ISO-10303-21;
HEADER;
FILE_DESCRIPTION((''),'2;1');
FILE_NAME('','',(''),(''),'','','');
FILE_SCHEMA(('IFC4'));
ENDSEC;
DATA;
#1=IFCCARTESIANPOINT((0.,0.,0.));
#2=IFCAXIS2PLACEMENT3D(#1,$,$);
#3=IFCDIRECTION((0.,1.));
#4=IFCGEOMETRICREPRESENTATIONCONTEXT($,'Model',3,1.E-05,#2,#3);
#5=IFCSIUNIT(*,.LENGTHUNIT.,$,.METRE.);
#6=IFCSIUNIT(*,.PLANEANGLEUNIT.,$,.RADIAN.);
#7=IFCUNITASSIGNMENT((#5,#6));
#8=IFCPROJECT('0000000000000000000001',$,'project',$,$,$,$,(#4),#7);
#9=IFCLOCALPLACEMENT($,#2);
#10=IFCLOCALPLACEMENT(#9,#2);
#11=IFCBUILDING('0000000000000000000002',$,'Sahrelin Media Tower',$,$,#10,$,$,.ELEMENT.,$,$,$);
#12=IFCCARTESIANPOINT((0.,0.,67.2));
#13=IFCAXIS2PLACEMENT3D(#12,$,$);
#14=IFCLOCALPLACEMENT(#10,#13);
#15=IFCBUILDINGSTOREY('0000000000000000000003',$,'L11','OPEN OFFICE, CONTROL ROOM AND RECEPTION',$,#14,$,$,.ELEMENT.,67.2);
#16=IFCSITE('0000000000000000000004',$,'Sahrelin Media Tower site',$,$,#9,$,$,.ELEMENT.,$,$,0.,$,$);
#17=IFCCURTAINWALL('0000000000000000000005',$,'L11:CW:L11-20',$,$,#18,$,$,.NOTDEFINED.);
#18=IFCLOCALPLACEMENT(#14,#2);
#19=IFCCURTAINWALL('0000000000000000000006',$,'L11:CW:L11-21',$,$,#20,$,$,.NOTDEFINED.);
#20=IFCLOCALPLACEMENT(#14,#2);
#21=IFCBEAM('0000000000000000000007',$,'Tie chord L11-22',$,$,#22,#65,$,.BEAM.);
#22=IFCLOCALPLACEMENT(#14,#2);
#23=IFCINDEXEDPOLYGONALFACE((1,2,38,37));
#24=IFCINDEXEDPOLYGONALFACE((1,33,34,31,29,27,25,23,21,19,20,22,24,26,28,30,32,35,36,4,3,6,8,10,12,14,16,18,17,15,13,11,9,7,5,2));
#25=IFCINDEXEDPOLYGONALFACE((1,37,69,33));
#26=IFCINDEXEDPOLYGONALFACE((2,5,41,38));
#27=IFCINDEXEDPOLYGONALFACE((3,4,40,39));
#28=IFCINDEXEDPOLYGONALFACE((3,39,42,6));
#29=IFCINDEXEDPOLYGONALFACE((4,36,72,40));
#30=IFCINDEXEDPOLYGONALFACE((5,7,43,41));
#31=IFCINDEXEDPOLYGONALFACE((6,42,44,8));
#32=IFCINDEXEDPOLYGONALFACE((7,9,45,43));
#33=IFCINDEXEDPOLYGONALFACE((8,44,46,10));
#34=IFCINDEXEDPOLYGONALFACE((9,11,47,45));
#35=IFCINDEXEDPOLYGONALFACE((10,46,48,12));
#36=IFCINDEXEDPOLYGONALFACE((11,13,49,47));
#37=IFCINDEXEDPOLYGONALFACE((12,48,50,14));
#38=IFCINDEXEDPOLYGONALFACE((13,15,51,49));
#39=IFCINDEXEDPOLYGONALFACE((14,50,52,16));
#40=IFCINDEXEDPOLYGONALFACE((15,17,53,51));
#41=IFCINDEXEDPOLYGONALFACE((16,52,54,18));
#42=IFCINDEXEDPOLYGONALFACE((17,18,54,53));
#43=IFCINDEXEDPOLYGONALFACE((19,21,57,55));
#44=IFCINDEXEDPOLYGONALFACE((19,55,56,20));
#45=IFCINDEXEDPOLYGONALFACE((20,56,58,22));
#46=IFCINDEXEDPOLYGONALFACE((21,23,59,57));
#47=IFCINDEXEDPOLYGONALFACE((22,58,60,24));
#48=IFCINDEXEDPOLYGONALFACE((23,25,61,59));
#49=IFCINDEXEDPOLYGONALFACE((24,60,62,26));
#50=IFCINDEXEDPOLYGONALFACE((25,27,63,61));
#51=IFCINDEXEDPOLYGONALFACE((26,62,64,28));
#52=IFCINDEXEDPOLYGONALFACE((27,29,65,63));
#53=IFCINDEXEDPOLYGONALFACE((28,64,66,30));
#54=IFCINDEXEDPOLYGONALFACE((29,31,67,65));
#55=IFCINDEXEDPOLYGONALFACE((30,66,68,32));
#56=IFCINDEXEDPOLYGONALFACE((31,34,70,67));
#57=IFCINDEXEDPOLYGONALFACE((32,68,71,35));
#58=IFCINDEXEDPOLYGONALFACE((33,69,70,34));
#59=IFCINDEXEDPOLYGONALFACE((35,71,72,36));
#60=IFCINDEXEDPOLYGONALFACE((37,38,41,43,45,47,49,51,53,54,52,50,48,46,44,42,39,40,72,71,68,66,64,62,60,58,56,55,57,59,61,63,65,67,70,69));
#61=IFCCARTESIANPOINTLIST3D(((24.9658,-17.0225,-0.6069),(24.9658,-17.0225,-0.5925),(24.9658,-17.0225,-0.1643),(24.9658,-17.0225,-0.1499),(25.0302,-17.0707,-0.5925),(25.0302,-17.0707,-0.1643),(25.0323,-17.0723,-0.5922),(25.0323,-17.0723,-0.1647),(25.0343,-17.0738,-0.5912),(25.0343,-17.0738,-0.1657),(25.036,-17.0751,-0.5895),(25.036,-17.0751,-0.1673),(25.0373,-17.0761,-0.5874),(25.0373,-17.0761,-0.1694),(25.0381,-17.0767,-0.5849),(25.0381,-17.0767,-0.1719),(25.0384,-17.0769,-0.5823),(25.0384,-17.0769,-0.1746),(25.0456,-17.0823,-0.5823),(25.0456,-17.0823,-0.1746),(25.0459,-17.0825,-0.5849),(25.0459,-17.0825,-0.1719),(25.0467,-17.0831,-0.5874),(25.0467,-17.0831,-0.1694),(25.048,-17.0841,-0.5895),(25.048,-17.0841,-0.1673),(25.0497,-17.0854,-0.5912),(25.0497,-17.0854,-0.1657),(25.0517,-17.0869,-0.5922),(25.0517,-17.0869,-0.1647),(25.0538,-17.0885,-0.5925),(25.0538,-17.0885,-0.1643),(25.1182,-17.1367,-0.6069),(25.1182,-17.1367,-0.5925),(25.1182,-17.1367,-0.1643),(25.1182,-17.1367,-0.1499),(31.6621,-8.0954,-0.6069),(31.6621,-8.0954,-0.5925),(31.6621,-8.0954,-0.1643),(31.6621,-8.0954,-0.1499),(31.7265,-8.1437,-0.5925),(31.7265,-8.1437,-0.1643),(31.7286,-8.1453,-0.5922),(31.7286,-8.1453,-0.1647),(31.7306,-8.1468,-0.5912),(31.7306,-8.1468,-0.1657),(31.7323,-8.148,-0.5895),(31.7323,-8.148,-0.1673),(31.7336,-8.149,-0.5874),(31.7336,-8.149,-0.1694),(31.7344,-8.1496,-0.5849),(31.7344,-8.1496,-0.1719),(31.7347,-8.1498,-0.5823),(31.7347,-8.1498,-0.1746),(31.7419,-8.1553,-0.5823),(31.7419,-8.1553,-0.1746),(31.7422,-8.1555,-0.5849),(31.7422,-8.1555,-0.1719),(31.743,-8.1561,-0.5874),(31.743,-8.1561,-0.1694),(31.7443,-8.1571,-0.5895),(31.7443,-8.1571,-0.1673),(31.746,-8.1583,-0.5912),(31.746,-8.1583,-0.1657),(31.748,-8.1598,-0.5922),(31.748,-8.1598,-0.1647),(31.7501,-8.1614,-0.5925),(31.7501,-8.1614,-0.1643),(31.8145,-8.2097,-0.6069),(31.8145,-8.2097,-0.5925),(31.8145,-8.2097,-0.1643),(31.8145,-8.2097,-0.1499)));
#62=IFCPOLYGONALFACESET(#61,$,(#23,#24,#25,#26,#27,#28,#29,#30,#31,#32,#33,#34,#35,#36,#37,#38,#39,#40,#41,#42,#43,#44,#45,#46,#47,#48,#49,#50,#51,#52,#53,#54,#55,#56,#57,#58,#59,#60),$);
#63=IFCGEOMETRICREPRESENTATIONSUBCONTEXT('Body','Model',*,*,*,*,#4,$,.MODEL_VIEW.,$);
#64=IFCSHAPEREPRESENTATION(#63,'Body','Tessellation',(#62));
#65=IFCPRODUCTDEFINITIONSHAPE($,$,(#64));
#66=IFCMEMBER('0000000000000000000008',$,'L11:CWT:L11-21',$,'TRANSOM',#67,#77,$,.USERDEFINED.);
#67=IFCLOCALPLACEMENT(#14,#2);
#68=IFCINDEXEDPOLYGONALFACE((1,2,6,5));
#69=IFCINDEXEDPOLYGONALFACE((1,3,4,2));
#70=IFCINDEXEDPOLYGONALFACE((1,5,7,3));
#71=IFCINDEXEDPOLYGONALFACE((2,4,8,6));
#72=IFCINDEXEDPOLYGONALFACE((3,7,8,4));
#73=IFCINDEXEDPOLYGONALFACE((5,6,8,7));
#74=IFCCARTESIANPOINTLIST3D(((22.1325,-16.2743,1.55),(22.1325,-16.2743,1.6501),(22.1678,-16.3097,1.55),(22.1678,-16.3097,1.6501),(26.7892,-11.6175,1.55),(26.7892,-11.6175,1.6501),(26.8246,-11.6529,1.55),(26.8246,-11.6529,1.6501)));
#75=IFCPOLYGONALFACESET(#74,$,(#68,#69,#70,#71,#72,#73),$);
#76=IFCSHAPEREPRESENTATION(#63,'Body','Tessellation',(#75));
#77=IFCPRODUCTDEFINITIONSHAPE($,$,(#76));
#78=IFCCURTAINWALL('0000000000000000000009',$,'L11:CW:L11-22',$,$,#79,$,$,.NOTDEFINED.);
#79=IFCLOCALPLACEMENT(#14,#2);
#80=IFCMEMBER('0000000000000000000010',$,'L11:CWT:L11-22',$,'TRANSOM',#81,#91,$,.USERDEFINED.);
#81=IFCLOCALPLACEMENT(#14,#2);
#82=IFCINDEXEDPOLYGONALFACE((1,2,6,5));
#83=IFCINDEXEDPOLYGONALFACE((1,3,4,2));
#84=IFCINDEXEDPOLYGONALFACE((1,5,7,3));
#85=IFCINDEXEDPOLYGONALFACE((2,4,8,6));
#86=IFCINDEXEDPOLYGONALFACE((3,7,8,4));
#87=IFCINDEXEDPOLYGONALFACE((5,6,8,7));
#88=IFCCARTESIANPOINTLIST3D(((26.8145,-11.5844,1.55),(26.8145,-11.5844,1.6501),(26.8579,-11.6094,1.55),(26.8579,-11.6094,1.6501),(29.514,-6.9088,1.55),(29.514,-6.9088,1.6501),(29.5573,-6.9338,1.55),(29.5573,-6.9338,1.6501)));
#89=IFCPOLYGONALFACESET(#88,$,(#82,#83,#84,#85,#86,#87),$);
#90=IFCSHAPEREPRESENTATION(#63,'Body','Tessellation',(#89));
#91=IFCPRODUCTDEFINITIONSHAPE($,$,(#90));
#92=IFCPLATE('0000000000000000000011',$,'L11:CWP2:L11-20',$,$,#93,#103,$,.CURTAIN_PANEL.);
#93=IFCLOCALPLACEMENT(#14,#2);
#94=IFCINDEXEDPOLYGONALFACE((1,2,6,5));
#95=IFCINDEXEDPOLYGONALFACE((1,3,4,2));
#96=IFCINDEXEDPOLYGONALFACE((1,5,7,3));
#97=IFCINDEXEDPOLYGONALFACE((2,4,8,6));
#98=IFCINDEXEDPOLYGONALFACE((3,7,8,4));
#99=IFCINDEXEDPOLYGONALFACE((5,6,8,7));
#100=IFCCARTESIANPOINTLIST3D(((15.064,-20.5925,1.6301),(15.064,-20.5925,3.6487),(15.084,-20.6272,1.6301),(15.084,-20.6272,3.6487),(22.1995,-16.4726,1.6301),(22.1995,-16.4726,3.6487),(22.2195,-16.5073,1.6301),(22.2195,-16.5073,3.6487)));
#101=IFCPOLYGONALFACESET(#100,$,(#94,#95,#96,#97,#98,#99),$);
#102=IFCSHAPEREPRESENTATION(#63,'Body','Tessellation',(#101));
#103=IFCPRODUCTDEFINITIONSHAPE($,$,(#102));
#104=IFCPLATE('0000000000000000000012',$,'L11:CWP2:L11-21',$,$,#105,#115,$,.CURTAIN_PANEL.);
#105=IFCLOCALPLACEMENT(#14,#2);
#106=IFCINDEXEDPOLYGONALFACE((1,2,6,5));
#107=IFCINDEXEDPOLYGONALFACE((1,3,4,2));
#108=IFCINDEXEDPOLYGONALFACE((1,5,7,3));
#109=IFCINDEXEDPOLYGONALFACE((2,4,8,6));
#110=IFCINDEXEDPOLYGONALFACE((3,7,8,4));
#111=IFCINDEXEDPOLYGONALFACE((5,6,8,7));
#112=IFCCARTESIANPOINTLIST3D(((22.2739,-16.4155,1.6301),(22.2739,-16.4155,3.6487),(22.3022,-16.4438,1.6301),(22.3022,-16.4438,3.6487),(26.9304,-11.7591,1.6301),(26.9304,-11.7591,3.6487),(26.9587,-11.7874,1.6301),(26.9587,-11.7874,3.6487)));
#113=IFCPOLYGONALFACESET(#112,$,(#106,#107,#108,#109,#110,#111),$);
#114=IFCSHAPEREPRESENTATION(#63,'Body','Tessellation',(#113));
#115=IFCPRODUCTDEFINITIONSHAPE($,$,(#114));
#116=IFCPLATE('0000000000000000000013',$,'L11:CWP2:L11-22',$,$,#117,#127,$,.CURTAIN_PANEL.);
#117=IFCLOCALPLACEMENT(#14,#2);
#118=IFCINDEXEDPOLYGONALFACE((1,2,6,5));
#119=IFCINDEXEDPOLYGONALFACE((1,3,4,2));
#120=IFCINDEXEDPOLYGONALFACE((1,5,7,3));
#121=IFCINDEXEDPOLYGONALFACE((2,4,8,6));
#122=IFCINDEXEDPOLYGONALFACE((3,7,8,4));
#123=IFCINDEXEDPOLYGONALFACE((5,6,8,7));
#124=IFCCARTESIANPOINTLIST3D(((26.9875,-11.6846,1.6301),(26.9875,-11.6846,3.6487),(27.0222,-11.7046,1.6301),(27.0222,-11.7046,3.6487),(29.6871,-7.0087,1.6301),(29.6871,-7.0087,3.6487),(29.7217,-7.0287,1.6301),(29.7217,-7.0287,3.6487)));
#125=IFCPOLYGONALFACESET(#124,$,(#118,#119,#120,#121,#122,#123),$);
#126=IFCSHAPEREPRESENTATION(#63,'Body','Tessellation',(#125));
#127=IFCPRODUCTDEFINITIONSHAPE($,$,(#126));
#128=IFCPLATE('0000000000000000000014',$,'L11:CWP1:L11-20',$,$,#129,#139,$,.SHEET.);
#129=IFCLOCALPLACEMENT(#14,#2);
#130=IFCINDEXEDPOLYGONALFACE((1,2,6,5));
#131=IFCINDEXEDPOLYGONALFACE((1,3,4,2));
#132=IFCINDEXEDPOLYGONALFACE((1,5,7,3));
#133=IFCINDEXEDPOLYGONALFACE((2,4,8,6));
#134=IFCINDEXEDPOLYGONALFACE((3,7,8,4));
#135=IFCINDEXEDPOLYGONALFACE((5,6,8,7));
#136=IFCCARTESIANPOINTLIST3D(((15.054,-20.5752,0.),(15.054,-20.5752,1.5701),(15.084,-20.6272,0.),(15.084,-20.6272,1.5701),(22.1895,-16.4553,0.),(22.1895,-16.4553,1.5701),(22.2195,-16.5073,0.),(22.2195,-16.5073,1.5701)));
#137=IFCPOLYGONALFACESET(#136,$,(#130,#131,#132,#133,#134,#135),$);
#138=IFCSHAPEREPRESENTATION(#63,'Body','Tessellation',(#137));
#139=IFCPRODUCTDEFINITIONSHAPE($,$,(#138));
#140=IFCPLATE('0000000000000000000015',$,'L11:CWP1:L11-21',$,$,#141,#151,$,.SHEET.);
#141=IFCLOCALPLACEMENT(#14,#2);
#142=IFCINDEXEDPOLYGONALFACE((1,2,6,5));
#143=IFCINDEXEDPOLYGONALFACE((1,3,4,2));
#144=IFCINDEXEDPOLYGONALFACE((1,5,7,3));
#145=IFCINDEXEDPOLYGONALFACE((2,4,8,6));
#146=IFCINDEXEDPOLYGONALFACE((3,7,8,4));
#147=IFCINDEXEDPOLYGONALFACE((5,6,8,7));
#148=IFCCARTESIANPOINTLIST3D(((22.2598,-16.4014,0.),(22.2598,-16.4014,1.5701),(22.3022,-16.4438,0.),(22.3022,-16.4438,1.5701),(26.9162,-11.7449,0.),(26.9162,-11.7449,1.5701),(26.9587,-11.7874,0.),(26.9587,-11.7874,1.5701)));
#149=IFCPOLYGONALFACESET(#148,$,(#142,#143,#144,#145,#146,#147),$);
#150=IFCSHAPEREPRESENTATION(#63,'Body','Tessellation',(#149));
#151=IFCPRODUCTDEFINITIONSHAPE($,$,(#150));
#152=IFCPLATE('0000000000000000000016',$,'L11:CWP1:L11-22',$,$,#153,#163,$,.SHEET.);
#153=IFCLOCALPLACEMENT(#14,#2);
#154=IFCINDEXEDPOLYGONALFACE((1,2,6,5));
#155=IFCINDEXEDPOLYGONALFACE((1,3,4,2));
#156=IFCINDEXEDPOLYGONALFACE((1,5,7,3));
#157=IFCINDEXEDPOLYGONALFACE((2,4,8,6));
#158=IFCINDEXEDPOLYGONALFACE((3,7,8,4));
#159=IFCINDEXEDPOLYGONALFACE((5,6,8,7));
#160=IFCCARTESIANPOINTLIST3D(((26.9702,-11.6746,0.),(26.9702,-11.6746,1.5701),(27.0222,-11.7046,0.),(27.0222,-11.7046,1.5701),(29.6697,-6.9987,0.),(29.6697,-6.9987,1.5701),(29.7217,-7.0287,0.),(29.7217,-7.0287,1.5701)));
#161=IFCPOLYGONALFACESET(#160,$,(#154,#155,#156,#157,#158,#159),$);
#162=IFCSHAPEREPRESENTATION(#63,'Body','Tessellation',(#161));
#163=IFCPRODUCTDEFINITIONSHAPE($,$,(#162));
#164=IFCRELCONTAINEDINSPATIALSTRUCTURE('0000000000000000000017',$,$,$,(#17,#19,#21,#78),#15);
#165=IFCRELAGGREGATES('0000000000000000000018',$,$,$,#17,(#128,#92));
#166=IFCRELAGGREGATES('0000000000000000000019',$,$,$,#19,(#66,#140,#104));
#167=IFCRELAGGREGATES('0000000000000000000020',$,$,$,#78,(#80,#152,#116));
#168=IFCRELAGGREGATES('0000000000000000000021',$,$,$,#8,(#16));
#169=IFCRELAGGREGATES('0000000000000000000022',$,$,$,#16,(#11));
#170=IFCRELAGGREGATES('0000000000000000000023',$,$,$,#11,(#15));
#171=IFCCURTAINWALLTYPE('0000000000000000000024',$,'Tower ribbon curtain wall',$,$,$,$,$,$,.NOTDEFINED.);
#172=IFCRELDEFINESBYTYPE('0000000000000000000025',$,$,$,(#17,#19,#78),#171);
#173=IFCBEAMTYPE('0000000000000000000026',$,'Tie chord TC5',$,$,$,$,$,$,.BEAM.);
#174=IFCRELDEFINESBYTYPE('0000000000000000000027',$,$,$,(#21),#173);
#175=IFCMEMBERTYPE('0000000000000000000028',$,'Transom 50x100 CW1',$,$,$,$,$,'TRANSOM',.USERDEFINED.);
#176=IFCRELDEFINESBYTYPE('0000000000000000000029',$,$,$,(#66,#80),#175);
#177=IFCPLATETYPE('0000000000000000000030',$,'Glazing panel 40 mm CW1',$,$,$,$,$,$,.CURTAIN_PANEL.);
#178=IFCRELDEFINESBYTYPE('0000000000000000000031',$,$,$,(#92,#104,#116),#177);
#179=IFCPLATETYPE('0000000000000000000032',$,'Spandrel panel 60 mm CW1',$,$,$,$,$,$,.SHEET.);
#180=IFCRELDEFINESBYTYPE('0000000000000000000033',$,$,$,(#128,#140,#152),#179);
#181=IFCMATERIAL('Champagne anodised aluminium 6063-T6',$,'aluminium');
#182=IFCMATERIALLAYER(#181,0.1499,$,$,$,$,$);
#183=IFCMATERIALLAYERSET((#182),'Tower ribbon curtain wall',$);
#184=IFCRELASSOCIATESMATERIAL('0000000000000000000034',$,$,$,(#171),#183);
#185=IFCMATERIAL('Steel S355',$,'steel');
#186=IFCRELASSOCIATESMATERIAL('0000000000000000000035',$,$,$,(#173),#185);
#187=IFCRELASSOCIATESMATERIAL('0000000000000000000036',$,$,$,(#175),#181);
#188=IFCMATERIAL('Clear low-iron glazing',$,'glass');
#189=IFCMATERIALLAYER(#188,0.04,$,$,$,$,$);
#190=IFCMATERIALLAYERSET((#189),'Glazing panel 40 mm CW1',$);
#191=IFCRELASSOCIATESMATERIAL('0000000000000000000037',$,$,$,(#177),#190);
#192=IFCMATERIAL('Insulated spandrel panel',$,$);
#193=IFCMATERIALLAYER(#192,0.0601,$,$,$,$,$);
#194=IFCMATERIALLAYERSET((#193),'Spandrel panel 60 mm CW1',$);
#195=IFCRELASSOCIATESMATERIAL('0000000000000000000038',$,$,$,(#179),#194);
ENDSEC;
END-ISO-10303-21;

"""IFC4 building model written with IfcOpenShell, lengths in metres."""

from ifc_helpers import new_model, si_unit, direction, frame, origin, origin_2d, place, context, subcontext, project, spatial, polyline, rectangle, i_section, outline, extrude, material, layer, layer_set, material_profile, profile_set, type_object, element, aggregate, save


model = new_model("IFC4")

# Units and contexts
model_context = context("Model", 3, precision=1e-05, world=origin(), true_north=direction((0.0, 1.0)))
body_context = subcontext(model_context, "Body", "Model", "MODEL_VIEW")
ifc_project = project(units=[si_unit("LENGTHUNIT", "METRE"), si_unit("PLANEANGLEUNIT", "RADIAN")], contexts=[model_context])

# Site, building, storey
site_placement = place(None, origin())
site = spatial("IfcSite", under=ifc_project, at=site_placement, Name="Sahrelin Media Tower site", CompositionType="ELEMENT", RefElevation=0.0)
building_placement = place(site_placement, origin())
building = spatial("IfcBuilding", under=site, at=building_placement, Name="Sahrelin Media Tower", CompositionType="ELEMENT")
storey_placement = place(building_placement, frame((0.0, 0.0, 67.2)))
storey = spatial("IfcBuildingStorey", under=building, at=storey_placement, Name="L11", Description="OPEN OFFICE, CONTROL ROOM AND RECEPTION", CompositionType="ELEMENT", Elevation=67.2)

# Shared definitions
ifc_material_1 = material(Name="Steel S355", Category="steel")

# Curtain walls
ifc_material_2 = material(Name="Champagne anodised aluminium 6063-T6", Category="aluminium")
ifc_layer_1 = layer(ifc_material_2, 0.1499)
ifc_layer_set_1 = layer_set([ifc_layer_1], Name="Tower ribbon curtain wall")
curtain_wall_type = type_object("IfcCurtainWallType", Name="Tower ribbon curtain wall", PredefinedType="NOTDEFINED", material=ifc_layer_set_1)
curtain_wall_1_placement = place(storey_placement, frame((18.6416, -18.5498, 0.0), z_axis=(0.0, 0.0, 1.0), x_axis=(1.0, 0.0, 0.0)))
curtain_wall_1 = element("IfcCurtainWall", 1, at=curtain_wall_1_placement, inside=storey, type_object=curtain_wall_type, Name="L11:CW:L11-20", PredefinedType="NOTDEFINED")
curtain_wall_2_placement = place(storey_placement, frame((24.6165, -14.1013, 0.0), z_axis=(0.0, 0.0, 1.0), x_axis=(1.0, 0.0, 0.0)))
curtain_wall_2 = element("IfcCurtainWall", 2, at=curtain_wall_2_placement, inside=storey, type_object=curtain_wall_type, Name="L11:CW:L11-21", PredefinedType="NOTDEFINED")

# Beam
ifc_material_profile_1 = material_profile(ifc_material_1, i_section(OverallWidth=0.1904, OverallDepth=0.457, WebThickness=0.009, FlangeThickness=0.0144, FilletRadius=0.0103, at=origin_2d()), Name="UB 457x191x74")
ifc_profile_set_1 = profile_set([ifc_material_profile_1], Name="Steel S355")
beam_type_1 = type_object("IfcBeamType", Name="Tie chord TC5", PredefinedType="BEAM", material=ifc_profile_set_1)
beam_1_placement = place(storey_placement, frame((25.042, -17.0796, -0.3784), z_axis=(0.60006, 0.799955, 0.0), x_axis=(-0.799955, 0.60006, 0.0)))
element("IfcBeam", 3, at=beam_1_placement, inside=storey, type_object=beam_type_1, Name="Tie chord L11-22", PredefinedType="BEAM", context=body_context, shape_type="SweptSolid", body=[
    extrude(i_section(OverallWidth=0.1904, OverallDepth=0.457, WebThickness=0.009, FlangeThickness=0.0144, FilletRadius=0.0103, at=origin_2d()), origin(), (0.0, 0.0, 1.0), 11.1594),
])

# Member
ifc_material_profile_2 = material_profile(ifc_material_2, rectangle(XDim=0.05, YDim=0.1001, at=origin_2d()), Name="Transom 50x100")
ifc_profile_set_2 = profile_set([ifc_material_profile_2], Name="Champagne anodised aluminium 6063-T6")
member_type_1 = type_object("IfcMemberType", Name="Transom 50x100 CW1", ElementType="TRANSOM", PredefinedType="USERDEFINED", material=ifc_profile_set_2)
member_1_placement = place(storey_placement, frame((22.1501, -16.292, 1.6001), z_axis=(0.707107, 0.707107, 0.0), x_axis=(-0.707107, 0.707107, 0.0)))
member_1 = element("IfcMember", 4, at=member_1_placement, type_object=member_type_1, Name="L11:CWT:L11-21", ObjectType="TRANSOM", PredefinedType="USERDEFINED", context=body_context, shape_type="SweptSolid", body=[
    extrude(rectangle(XDim=0.05, YDim=0.1001, at=origin_2d()), origin(), (0.0, 0.0, 1.0), 6.5857),
])

# Curtain wall, member
curtain_wall_3_placement = place(storey_placement, frame((28.3547, -9.3567, 0.0), z_axis=(0.0, 0.0, 1.0), x_axis=(1.0, 0.0, 0.0)))
curtain_wall_3 = element("IfcCurtainWall", 5, at=curtain_wall_3_placement, inside=storey, type_object=curtain_wall_type, Name="L11:CW:L11-22", PredefinedType="NOTDEFINED")
member_2_placement = place(storey_placement, frame((26.8362, -11.5969, 1.6001), z_axis=(0.500006, 0.866022, 0.0), x_axis=(-0.866022, 0.500006, 0.0)))
member_2 = element("IfcMember", 6, at=member_2_placement, type_object=member_type_1, Name="L11:CWT:L11-22", ObjectType="TRANSOM", PredefinedType="USERDEFINED", context=body_context, shape_type="SweptSolid", body=[
    extrude(rectangle(XDim=0.05, YDim=0.1001, at=origin_2d()), origin(), (0.0, 0.0, 1.0), 5.3989),
])

# Plates
ifc_material_3 = material(Name="Clear low-iron glazing", Category="glass")
ifc_layer_2 = layer(ifc_material_3, 0.04)
ifc_layer_set_2 = layer_set([ifc_layer_2], Name="Glazing panel 40 mm CW1")
plate_type_1 = type_object("IfcPlateType", Name="Glazing panel 40 mm CW1", PredefinedType="CURTAIN_PANEL", material=ifc_layer_set_2)
plate_1_placement = place(storey_placement, frame((15.084, -20.6272, 1.6301), z_axis=(0.500017, -0.866015, 0.0), x_axis=(0.866015, 0.500017, 0.0)))
plate_1 = element("IfcPlate", 7, at=plate_1_placement, type_object=plate_type_1, Name="L11:CWP2:L11-20", PredefinedType="CURTAIN_PANEL", context=body_context, shape_type="SweptSolid", body=[
    extrude(outline(polyline([(0.0, 0.0), (8.2395, 0.0), (8.2395, 2.0186), (0.0, 2.0186), (0.0, 0.0)])), origin(), (0.0, 0.0, -1.0), 0.04),
])
plate_2_placement = place(storey_placement, frame((22.3022, -16.4438, 1.6301), z_axis=(0.707107, -0.707107, 0.0), x_axis=(0.707107, 0.707107, 0.0)))
plate_2 = element("IfcPlate", 8, at=plate_2_placement, type_object=plate_type_1, Name="L11:CWP2:L11-21", PredefinedType="CURTAIN_PANEL", context=body_context, shape_type="SweptSolid", body=[
    extrude(outline(polyline([(0.0, 0.0), (6.5852, 0.0), (6.5852, 2.0186), (0.0, 2.0186), (0.0, 0.0)])), origin(), (0.0, 0.0, -1.0), 0.04),
])
plate_3_placement = place(storey_placement, frame((27.0222, -11.7046, 1.6301), z_axis=(0.866033, -0.499986, 0.0), x_axis=(0.499986, 0.866033, 0.0)))
plate_3 = element("IfcPlate", 9, at=plate_3_placement, type_object=plate_type_1, Name="L11:CWP2:L11-22", PredefinedType="CURTAIN_PANEL", context=body_context, shape_type="SweptSolid", body=[
    extrude(outline(polyline([(0.0, 0.0), (5.3992, 0.0), (5.3992, 2.0186), (0.0, 2.0186), (0.0, 0.0)])), origin(), (0.0, 0.0, -1.0), 0.04),
])
ifc_material_4 = material(Name="Insulated spandrel panel")
ifc_layer_3 = layer(ifc_material_4, 0.0601)
ifc_layer_set_3 = layer_set([ifc_layer_3], Name="Spandrel panel 60 mm CW1")
plate_type_2 = type_object("IfcPlateType", Name="Spandrel panel 60 mm CW1", PredefinedType="SHEET", material=ifc_layer_set_3)
plate_4_placement = place(storey_placement, frame((15.084, -20.6272, 0.0), z_axis=(0.500017, -0.866015, 0.0), x_axis=(0.866015, 0.500017, 0.0)))
plate_4 = element("IfcPlate", 10, at=plate_4_placement, type_object=plate_type_2, Name="L11:CWP1:L11-20", PredefinedType="SHEET", context=body_context, shape_type="SweptSolid", body=[
    extrude(outline(polyline([(0.0, 0.0), (8.2395, 0.0), (8.2395, 1.5701), (0.0, 1.5701), (0.0, 0.0)])), origin(), (0.0, 0.0, -1.0), 0.0601),
])
aggregate(curtain_wall_1, [plate_4, plate_1])
plate_5_placement = place(storey_placement, frame((22.3022, -16.4438, 0.0), z_axis=(0.707107, -0.707107, 0.0), x_axis=(0.707107, 0.707107, 0.0)))
plate_5 = element("IfcPlate", 11, at=plate_5_placement, type_object=plate_type_2, Name="L11:CWP1:L11-21", PredefinedType="SHEET", context=body_context, shape_type="SweptSolid", body=[
    extrude(outline(polyline([(0.0, 0.0), (6.5852, 0.0), (6.5852, 1.5701), (0.0, 1.5701), (0.0, 0.0)])), origin(), (0.0, 0.0, -1.0), 0.0601),
])
aggregate(curtain_wall_2, [member_1, plate_5, plate_2])
plate_6_placement = place(storey_placement, frame((27.0222, -11.7046, 0.0), z_axis=(0.866033, -0.499986, 0.0), x_axis=(0.499986, 0.866033, 0.0)))
plate_6 = element("IfcPlate", 12, at=plate_6_placement, type_object=plate_type_2, Name="L11:CWP1:L11-22", PredefinedType="SHEET", context=body_context, shape_type="SweptSolid", body=[
    extrude(outline(polyline([(0.0, 0.0), (5.3992, 0.0), (5.3992, 1.5701), (0.0, 1.5701), (0.0, 0.0)])), origin(), (0.0, 0.0, -1.0), 0.0601),
])
aggregate(curtain_wall_3, [member_2, plate_6, plate_3])

save(model, "model.ifc")
